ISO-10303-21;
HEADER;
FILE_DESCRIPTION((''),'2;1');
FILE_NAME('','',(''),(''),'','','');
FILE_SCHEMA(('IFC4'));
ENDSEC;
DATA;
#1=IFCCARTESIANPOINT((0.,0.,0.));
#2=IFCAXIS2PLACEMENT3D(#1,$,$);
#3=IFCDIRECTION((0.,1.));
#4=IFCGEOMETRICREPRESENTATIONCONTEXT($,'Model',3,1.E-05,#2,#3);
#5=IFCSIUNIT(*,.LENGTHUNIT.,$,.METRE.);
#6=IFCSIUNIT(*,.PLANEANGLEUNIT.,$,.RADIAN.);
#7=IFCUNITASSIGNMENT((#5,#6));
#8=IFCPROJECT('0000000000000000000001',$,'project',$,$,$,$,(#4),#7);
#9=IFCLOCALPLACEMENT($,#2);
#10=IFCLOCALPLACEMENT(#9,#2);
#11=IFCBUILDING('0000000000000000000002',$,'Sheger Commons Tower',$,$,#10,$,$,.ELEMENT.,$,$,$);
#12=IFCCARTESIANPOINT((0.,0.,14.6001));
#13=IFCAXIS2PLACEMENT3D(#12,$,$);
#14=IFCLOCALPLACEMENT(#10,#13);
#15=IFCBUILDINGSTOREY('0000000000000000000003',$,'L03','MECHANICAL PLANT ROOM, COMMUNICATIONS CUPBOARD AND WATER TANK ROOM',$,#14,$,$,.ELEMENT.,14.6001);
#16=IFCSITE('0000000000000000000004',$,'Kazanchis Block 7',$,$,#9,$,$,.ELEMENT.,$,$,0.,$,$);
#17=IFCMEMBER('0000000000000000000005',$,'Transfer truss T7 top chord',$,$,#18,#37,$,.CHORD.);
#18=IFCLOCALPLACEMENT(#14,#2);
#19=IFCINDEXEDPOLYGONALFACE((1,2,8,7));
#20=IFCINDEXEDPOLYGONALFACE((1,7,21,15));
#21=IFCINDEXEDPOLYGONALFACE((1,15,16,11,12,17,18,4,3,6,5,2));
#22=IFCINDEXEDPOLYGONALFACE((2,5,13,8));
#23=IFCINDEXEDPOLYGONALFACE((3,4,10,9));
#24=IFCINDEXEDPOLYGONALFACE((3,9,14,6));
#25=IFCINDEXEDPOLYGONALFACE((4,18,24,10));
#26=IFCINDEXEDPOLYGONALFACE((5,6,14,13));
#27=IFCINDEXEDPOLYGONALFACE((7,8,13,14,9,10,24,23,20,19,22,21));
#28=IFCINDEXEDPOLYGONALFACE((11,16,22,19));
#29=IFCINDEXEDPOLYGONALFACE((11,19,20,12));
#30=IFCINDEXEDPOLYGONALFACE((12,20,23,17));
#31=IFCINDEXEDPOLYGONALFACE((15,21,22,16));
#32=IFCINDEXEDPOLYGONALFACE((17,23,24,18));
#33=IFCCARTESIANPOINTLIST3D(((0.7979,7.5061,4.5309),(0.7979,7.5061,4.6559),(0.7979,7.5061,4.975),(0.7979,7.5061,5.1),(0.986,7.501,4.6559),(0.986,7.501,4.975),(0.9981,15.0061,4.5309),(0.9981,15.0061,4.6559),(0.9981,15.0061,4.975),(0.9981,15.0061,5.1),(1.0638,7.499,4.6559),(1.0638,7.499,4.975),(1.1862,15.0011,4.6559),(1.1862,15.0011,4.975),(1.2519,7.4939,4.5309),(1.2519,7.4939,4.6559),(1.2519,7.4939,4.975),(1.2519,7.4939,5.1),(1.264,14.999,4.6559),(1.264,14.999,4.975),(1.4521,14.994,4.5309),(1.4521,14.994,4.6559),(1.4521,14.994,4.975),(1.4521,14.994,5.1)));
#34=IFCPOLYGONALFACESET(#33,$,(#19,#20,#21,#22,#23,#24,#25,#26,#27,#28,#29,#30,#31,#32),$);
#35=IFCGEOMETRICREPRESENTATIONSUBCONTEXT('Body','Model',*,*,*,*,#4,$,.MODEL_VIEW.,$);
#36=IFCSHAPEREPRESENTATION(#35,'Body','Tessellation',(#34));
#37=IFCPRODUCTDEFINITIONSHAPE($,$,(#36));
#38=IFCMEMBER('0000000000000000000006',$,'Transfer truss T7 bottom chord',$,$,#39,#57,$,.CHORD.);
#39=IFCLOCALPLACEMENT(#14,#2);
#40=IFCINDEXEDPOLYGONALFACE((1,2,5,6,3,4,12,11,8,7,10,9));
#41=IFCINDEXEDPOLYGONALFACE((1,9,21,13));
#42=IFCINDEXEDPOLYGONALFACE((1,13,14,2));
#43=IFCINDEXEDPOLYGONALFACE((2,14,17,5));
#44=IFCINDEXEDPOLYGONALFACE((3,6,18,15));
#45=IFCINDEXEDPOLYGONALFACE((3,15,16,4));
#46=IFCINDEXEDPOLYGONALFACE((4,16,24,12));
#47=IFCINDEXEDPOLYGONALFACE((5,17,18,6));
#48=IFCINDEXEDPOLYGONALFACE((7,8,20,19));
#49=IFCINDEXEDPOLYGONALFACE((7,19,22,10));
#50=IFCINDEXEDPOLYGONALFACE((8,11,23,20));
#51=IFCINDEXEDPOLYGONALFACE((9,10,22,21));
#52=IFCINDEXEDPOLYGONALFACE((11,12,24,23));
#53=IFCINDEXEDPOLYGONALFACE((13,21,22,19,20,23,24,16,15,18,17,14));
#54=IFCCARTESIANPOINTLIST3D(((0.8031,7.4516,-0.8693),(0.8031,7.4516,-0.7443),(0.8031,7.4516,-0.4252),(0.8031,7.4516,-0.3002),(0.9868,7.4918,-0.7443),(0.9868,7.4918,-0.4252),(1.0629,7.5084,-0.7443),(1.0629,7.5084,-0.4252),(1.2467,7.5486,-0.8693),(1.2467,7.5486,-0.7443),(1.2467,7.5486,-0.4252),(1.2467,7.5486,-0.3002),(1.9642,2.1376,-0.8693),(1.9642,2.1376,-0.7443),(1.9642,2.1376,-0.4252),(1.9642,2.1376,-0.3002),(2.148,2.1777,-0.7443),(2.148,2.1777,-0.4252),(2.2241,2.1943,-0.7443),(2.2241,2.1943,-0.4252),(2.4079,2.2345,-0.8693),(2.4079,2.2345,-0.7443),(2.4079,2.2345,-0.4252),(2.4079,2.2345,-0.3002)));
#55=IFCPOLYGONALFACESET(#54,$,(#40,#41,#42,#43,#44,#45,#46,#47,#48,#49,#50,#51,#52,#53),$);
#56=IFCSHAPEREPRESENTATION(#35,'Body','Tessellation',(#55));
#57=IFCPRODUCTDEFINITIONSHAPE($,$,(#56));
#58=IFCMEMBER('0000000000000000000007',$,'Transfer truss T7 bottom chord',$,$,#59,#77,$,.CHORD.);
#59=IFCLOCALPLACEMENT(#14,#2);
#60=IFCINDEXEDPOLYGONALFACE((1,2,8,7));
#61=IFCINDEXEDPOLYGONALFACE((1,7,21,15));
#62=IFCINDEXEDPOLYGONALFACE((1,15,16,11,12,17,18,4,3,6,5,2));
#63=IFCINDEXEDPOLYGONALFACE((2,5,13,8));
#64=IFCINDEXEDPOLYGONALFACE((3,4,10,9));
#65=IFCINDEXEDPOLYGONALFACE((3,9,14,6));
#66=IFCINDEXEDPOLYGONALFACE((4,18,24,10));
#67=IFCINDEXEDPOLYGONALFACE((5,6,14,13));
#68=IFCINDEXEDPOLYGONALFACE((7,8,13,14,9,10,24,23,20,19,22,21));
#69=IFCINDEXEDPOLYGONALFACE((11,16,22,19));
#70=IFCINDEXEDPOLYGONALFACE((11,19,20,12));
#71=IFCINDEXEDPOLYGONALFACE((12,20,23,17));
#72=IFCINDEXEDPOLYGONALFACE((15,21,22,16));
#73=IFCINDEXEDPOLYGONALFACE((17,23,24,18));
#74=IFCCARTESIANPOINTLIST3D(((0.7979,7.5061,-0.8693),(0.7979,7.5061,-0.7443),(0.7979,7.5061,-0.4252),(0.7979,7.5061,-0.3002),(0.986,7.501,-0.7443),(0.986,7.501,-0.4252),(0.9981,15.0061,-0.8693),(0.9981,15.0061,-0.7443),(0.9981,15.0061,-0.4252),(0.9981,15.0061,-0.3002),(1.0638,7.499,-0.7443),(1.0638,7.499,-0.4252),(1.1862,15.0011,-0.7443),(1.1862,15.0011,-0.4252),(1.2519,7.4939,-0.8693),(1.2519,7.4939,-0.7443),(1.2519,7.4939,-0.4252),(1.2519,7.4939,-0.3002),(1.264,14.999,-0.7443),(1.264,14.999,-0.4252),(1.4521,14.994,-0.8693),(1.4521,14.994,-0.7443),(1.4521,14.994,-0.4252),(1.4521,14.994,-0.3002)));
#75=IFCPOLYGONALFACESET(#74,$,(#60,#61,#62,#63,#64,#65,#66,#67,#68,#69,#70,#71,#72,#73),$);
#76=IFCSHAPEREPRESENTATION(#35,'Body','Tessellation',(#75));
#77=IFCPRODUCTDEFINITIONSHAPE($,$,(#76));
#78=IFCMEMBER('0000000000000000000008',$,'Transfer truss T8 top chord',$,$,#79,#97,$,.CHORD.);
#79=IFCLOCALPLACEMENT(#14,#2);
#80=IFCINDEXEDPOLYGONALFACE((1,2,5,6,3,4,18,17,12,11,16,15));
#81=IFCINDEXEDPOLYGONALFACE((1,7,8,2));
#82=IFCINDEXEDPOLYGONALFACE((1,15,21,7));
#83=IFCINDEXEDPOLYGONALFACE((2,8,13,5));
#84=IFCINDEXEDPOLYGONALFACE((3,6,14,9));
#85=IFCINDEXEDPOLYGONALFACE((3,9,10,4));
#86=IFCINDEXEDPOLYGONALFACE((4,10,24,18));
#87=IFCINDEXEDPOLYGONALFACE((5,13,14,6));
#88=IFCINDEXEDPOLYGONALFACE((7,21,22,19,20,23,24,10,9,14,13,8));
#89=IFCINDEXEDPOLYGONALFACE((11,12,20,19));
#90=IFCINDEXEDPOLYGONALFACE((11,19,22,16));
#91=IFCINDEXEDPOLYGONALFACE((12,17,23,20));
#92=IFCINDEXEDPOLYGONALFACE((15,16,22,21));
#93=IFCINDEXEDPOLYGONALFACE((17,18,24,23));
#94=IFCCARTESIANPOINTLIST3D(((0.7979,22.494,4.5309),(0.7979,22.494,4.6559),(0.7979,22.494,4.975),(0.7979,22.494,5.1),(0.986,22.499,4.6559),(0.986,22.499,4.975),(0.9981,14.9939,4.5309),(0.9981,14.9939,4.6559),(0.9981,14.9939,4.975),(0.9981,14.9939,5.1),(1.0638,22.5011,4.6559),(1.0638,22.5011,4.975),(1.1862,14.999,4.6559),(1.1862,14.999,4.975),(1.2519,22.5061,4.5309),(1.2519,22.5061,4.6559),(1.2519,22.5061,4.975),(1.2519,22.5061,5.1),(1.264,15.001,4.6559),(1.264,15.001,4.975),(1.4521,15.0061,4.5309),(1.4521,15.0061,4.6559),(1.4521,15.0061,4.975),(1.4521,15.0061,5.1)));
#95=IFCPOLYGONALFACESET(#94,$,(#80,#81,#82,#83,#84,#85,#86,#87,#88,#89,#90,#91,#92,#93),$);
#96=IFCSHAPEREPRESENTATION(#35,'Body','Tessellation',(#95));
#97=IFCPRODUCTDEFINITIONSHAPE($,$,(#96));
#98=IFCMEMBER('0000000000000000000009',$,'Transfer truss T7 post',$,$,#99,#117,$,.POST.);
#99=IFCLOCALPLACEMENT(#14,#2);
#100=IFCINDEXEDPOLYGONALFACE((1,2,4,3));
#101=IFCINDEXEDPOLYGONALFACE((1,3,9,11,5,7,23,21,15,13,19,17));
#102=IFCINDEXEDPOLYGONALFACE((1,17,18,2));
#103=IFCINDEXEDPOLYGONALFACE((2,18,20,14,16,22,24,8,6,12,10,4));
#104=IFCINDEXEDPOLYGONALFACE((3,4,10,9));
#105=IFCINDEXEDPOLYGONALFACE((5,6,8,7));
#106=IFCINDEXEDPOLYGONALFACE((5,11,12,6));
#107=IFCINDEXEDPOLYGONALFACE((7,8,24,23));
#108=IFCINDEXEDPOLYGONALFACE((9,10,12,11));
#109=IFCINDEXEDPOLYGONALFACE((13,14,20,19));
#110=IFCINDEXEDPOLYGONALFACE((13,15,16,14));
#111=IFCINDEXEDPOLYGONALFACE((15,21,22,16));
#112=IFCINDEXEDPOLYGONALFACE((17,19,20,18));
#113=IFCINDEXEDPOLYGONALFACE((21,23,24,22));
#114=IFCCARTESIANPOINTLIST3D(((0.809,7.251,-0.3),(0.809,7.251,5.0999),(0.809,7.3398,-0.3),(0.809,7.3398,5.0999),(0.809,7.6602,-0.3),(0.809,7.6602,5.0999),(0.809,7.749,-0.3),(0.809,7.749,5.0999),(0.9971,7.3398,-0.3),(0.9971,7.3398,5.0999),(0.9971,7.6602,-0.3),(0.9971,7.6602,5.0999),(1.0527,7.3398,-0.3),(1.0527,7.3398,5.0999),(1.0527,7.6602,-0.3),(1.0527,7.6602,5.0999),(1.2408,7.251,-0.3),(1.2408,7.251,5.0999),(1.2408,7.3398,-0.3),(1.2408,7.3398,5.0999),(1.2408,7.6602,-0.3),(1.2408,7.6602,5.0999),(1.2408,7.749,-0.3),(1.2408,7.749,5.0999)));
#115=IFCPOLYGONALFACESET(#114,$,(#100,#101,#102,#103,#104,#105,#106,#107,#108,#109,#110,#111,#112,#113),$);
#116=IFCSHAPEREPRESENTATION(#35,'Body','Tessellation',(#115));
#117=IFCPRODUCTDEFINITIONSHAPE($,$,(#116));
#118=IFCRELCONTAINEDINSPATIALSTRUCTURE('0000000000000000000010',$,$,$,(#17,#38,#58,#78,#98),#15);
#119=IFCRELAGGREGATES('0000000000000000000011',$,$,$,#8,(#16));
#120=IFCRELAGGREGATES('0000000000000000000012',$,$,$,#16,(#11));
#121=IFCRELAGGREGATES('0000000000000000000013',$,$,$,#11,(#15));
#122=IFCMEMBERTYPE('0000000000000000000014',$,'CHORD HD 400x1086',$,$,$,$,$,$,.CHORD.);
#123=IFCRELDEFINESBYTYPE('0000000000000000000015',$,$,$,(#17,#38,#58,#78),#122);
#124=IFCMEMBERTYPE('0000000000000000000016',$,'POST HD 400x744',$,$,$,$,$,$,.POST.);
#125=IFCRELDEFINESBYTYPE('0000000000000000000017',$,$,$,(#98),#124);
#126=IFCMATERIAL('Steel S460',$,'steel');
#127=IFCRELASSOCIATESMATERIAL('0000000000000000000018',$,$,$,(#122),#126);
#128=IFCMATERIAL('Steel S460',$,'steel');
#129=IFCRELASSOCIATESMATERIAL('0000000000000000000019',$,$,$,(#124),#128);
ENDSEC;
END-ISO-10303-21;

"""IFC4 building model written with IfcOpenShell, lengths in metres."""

from ifc_helpers import new_model, si_unit, direction, frame, origin, origin_2d, place, context, subcontext, project, spatial, i_section, extrude, material, material_profile, profile_set, type_object, element, save


model = new_model("IFC4")

# Units and contexts
model_context = context("Model", 3, precision=1e-05, world=origin(), true_north=direction((0.0, 1.0)))
body_context = subcontext(model_context, "Body", "Model", "MODEL_VIEW")
ifc_project = project(units=[si_unit("LENGTHUNIT", "METRE"), si_unit("PLANEANGLEUNIT", "RADIAN")], contexts=[model_context])

# Site, building, storey
site_placement = place(None, origin())
site = spatial("IfcSite", under=ifc_project, at=site_placement, Name="Kazanchis Block 7", CompositionType="ELEMENT", RefElevation=0.0)
building_placement = place(site_placement, origin())
building = spatial("IfcBuilding", under=site, at=building_placement, Name="Sheger Commons Tower", CompositionType="ELEMENT")
storey_placement = place(building_placement, frame((0.0, 0.0, 14.6001)))
storey = spatial("IfcBuildingStorey", under=building, at=storey_placement, Name="L03", Description="MECHANICAL PLANT ROOM, COMMUNICATIONS CUPBOARD AND WATER TANK ROOM", CompositionType="ELEMENT", Elevation=14.6001)

# Members
ifc_material_1 = material(Name="Steel S460", Category="steel")
ifc_material_profile_1 = material_profile(ifc_material_1, i_section(OverallWidth=0.4541, OverallDepth=0.5691, WebThickness=0.0779, FlangeThickness=0.125, at=origin_2d()), Name="HD 400x1086")
ifc_profile_set_1 = profile_set([ifc_material_profile_1], Name="Steel S460")
member_type_1 = type_object("IfcMemberType", Name="CHORD HD 400x1086", PredefinedType="CHORD", material=ifc_profile_set_1)
member_1_placement = place(storey_placement, frame((1.0249, 7.5, 4.8154), z_axis=(0.026683, 0.999644, 0.0), x_axis=(-0.999644, 0.026683, 0.0)))
element("IfcMember", 1, at=member_1_placement, inside=storey, type_object=member_type_1, Name="Transfer truss T7 top chord", PredefinedType="CHORD", context=body_context, shape_type="SweptSolid", body=[
    extrude(i_section(OverallWidth=0.4541, OverallDepth=0.5691, WebThickness=0.0779, FlangeThickness=0.125, at=origin_2d()), origin(), (0.0, 0.0, 1.0), 7.5027),
])
member_2_placement = place(storey_placement, frame((2.186, 2.186, -0.5847), z_axis=(-0.213469, 0.97695, 0.0), x_axis=(-0.97695, -0.213469, 0.0)))
element("IfcMember", 2, at=member_2_placement, inside=storey, type_object=member_type_1, Name="Transfer truss T7 bottom chord", PredefinedType="CHORD", context=body_context, shape_type="SweptSolid", body=[
    extrude(i_section(OverallWidth=0.4541, OverallDepth=0.5691, WebThickness=0.0779, FlangeThickness=0.125, at=origin_2d()), origin(), (0.0, 0.0, 1.0), 5.4395),
])
for number, where, z_axis, x_axis, name in (
    (3, (1.0249, 7.5, -0.5847), (0.026683, 0.999644, 0.0), (-0.999644, 0.026683, 0.0), "Transfer truss T7 bottom chord"),
    (4, (1.2251, 15.0, 4.8154), (-0.026683, 0.999644, 0.0), (-0.999644, -0.026683, 0.0), "Transfer truss T8 top chord"),
):
    element("IfcMember", number, at=place(storey_placement, frame(where, z_axis=z_axis, x_axis=x_axis)), inside=storey, type_object=member_type_1, Name=name, PredefinedType="CHORD", context=body_context, shape_type="SweptSolid", body=[
        extrude(i_section(OverallWidth=0.4541, OverallDepth=0.5691, WebThickness=0.0779, FlangeThickness=0.125, at=origin_2d()), origin(), (0.0, 0.0, 1.0), 7.5027),
    ])
ifc_material_2 = material(Name="Steel S460", Category="steel")
ifc_material_profile_2 = material_profile(ifc_material_2, i_section(OverallWidth=0.4319, OverallDepth=0.498, WebThickness=0.0557, FlangeThickness=0.0889, at=origin_2d()), Name="HD 400x744")
ifc_profile_set_2 = profile_set([ifc_material_profile_2], Name="Steel S460")
member_type_2 = type_object("IfcMemberType", Name="POST HD 400x744", PredefinedType="POST", material=ifc_profile_set_2)
member_3_placement = place(storey_placement, frame((1.0249, 7.5, -0.3), z_axis=(0.0, 0.0, 1.0), x_axis=(1.0, 0.0, 0.0)))
element("IfcMember", 5, at=member_3_placement, inside=storey, type_object=member_type_2, Name="Transfer truss T7 post", PredefinedType="POST", context=body_context, shape_type="SweptSolid", body=[
    extrude(i_section(OverallWidth=0.4319, OverallDepth=0.498, WebThickness=0.0557, FlangeThickness=0.0889, at=origin_2d()), origin(), (0.0, 0.0, 1.0), 5.3999),
])

save(model, "model.ifc")
